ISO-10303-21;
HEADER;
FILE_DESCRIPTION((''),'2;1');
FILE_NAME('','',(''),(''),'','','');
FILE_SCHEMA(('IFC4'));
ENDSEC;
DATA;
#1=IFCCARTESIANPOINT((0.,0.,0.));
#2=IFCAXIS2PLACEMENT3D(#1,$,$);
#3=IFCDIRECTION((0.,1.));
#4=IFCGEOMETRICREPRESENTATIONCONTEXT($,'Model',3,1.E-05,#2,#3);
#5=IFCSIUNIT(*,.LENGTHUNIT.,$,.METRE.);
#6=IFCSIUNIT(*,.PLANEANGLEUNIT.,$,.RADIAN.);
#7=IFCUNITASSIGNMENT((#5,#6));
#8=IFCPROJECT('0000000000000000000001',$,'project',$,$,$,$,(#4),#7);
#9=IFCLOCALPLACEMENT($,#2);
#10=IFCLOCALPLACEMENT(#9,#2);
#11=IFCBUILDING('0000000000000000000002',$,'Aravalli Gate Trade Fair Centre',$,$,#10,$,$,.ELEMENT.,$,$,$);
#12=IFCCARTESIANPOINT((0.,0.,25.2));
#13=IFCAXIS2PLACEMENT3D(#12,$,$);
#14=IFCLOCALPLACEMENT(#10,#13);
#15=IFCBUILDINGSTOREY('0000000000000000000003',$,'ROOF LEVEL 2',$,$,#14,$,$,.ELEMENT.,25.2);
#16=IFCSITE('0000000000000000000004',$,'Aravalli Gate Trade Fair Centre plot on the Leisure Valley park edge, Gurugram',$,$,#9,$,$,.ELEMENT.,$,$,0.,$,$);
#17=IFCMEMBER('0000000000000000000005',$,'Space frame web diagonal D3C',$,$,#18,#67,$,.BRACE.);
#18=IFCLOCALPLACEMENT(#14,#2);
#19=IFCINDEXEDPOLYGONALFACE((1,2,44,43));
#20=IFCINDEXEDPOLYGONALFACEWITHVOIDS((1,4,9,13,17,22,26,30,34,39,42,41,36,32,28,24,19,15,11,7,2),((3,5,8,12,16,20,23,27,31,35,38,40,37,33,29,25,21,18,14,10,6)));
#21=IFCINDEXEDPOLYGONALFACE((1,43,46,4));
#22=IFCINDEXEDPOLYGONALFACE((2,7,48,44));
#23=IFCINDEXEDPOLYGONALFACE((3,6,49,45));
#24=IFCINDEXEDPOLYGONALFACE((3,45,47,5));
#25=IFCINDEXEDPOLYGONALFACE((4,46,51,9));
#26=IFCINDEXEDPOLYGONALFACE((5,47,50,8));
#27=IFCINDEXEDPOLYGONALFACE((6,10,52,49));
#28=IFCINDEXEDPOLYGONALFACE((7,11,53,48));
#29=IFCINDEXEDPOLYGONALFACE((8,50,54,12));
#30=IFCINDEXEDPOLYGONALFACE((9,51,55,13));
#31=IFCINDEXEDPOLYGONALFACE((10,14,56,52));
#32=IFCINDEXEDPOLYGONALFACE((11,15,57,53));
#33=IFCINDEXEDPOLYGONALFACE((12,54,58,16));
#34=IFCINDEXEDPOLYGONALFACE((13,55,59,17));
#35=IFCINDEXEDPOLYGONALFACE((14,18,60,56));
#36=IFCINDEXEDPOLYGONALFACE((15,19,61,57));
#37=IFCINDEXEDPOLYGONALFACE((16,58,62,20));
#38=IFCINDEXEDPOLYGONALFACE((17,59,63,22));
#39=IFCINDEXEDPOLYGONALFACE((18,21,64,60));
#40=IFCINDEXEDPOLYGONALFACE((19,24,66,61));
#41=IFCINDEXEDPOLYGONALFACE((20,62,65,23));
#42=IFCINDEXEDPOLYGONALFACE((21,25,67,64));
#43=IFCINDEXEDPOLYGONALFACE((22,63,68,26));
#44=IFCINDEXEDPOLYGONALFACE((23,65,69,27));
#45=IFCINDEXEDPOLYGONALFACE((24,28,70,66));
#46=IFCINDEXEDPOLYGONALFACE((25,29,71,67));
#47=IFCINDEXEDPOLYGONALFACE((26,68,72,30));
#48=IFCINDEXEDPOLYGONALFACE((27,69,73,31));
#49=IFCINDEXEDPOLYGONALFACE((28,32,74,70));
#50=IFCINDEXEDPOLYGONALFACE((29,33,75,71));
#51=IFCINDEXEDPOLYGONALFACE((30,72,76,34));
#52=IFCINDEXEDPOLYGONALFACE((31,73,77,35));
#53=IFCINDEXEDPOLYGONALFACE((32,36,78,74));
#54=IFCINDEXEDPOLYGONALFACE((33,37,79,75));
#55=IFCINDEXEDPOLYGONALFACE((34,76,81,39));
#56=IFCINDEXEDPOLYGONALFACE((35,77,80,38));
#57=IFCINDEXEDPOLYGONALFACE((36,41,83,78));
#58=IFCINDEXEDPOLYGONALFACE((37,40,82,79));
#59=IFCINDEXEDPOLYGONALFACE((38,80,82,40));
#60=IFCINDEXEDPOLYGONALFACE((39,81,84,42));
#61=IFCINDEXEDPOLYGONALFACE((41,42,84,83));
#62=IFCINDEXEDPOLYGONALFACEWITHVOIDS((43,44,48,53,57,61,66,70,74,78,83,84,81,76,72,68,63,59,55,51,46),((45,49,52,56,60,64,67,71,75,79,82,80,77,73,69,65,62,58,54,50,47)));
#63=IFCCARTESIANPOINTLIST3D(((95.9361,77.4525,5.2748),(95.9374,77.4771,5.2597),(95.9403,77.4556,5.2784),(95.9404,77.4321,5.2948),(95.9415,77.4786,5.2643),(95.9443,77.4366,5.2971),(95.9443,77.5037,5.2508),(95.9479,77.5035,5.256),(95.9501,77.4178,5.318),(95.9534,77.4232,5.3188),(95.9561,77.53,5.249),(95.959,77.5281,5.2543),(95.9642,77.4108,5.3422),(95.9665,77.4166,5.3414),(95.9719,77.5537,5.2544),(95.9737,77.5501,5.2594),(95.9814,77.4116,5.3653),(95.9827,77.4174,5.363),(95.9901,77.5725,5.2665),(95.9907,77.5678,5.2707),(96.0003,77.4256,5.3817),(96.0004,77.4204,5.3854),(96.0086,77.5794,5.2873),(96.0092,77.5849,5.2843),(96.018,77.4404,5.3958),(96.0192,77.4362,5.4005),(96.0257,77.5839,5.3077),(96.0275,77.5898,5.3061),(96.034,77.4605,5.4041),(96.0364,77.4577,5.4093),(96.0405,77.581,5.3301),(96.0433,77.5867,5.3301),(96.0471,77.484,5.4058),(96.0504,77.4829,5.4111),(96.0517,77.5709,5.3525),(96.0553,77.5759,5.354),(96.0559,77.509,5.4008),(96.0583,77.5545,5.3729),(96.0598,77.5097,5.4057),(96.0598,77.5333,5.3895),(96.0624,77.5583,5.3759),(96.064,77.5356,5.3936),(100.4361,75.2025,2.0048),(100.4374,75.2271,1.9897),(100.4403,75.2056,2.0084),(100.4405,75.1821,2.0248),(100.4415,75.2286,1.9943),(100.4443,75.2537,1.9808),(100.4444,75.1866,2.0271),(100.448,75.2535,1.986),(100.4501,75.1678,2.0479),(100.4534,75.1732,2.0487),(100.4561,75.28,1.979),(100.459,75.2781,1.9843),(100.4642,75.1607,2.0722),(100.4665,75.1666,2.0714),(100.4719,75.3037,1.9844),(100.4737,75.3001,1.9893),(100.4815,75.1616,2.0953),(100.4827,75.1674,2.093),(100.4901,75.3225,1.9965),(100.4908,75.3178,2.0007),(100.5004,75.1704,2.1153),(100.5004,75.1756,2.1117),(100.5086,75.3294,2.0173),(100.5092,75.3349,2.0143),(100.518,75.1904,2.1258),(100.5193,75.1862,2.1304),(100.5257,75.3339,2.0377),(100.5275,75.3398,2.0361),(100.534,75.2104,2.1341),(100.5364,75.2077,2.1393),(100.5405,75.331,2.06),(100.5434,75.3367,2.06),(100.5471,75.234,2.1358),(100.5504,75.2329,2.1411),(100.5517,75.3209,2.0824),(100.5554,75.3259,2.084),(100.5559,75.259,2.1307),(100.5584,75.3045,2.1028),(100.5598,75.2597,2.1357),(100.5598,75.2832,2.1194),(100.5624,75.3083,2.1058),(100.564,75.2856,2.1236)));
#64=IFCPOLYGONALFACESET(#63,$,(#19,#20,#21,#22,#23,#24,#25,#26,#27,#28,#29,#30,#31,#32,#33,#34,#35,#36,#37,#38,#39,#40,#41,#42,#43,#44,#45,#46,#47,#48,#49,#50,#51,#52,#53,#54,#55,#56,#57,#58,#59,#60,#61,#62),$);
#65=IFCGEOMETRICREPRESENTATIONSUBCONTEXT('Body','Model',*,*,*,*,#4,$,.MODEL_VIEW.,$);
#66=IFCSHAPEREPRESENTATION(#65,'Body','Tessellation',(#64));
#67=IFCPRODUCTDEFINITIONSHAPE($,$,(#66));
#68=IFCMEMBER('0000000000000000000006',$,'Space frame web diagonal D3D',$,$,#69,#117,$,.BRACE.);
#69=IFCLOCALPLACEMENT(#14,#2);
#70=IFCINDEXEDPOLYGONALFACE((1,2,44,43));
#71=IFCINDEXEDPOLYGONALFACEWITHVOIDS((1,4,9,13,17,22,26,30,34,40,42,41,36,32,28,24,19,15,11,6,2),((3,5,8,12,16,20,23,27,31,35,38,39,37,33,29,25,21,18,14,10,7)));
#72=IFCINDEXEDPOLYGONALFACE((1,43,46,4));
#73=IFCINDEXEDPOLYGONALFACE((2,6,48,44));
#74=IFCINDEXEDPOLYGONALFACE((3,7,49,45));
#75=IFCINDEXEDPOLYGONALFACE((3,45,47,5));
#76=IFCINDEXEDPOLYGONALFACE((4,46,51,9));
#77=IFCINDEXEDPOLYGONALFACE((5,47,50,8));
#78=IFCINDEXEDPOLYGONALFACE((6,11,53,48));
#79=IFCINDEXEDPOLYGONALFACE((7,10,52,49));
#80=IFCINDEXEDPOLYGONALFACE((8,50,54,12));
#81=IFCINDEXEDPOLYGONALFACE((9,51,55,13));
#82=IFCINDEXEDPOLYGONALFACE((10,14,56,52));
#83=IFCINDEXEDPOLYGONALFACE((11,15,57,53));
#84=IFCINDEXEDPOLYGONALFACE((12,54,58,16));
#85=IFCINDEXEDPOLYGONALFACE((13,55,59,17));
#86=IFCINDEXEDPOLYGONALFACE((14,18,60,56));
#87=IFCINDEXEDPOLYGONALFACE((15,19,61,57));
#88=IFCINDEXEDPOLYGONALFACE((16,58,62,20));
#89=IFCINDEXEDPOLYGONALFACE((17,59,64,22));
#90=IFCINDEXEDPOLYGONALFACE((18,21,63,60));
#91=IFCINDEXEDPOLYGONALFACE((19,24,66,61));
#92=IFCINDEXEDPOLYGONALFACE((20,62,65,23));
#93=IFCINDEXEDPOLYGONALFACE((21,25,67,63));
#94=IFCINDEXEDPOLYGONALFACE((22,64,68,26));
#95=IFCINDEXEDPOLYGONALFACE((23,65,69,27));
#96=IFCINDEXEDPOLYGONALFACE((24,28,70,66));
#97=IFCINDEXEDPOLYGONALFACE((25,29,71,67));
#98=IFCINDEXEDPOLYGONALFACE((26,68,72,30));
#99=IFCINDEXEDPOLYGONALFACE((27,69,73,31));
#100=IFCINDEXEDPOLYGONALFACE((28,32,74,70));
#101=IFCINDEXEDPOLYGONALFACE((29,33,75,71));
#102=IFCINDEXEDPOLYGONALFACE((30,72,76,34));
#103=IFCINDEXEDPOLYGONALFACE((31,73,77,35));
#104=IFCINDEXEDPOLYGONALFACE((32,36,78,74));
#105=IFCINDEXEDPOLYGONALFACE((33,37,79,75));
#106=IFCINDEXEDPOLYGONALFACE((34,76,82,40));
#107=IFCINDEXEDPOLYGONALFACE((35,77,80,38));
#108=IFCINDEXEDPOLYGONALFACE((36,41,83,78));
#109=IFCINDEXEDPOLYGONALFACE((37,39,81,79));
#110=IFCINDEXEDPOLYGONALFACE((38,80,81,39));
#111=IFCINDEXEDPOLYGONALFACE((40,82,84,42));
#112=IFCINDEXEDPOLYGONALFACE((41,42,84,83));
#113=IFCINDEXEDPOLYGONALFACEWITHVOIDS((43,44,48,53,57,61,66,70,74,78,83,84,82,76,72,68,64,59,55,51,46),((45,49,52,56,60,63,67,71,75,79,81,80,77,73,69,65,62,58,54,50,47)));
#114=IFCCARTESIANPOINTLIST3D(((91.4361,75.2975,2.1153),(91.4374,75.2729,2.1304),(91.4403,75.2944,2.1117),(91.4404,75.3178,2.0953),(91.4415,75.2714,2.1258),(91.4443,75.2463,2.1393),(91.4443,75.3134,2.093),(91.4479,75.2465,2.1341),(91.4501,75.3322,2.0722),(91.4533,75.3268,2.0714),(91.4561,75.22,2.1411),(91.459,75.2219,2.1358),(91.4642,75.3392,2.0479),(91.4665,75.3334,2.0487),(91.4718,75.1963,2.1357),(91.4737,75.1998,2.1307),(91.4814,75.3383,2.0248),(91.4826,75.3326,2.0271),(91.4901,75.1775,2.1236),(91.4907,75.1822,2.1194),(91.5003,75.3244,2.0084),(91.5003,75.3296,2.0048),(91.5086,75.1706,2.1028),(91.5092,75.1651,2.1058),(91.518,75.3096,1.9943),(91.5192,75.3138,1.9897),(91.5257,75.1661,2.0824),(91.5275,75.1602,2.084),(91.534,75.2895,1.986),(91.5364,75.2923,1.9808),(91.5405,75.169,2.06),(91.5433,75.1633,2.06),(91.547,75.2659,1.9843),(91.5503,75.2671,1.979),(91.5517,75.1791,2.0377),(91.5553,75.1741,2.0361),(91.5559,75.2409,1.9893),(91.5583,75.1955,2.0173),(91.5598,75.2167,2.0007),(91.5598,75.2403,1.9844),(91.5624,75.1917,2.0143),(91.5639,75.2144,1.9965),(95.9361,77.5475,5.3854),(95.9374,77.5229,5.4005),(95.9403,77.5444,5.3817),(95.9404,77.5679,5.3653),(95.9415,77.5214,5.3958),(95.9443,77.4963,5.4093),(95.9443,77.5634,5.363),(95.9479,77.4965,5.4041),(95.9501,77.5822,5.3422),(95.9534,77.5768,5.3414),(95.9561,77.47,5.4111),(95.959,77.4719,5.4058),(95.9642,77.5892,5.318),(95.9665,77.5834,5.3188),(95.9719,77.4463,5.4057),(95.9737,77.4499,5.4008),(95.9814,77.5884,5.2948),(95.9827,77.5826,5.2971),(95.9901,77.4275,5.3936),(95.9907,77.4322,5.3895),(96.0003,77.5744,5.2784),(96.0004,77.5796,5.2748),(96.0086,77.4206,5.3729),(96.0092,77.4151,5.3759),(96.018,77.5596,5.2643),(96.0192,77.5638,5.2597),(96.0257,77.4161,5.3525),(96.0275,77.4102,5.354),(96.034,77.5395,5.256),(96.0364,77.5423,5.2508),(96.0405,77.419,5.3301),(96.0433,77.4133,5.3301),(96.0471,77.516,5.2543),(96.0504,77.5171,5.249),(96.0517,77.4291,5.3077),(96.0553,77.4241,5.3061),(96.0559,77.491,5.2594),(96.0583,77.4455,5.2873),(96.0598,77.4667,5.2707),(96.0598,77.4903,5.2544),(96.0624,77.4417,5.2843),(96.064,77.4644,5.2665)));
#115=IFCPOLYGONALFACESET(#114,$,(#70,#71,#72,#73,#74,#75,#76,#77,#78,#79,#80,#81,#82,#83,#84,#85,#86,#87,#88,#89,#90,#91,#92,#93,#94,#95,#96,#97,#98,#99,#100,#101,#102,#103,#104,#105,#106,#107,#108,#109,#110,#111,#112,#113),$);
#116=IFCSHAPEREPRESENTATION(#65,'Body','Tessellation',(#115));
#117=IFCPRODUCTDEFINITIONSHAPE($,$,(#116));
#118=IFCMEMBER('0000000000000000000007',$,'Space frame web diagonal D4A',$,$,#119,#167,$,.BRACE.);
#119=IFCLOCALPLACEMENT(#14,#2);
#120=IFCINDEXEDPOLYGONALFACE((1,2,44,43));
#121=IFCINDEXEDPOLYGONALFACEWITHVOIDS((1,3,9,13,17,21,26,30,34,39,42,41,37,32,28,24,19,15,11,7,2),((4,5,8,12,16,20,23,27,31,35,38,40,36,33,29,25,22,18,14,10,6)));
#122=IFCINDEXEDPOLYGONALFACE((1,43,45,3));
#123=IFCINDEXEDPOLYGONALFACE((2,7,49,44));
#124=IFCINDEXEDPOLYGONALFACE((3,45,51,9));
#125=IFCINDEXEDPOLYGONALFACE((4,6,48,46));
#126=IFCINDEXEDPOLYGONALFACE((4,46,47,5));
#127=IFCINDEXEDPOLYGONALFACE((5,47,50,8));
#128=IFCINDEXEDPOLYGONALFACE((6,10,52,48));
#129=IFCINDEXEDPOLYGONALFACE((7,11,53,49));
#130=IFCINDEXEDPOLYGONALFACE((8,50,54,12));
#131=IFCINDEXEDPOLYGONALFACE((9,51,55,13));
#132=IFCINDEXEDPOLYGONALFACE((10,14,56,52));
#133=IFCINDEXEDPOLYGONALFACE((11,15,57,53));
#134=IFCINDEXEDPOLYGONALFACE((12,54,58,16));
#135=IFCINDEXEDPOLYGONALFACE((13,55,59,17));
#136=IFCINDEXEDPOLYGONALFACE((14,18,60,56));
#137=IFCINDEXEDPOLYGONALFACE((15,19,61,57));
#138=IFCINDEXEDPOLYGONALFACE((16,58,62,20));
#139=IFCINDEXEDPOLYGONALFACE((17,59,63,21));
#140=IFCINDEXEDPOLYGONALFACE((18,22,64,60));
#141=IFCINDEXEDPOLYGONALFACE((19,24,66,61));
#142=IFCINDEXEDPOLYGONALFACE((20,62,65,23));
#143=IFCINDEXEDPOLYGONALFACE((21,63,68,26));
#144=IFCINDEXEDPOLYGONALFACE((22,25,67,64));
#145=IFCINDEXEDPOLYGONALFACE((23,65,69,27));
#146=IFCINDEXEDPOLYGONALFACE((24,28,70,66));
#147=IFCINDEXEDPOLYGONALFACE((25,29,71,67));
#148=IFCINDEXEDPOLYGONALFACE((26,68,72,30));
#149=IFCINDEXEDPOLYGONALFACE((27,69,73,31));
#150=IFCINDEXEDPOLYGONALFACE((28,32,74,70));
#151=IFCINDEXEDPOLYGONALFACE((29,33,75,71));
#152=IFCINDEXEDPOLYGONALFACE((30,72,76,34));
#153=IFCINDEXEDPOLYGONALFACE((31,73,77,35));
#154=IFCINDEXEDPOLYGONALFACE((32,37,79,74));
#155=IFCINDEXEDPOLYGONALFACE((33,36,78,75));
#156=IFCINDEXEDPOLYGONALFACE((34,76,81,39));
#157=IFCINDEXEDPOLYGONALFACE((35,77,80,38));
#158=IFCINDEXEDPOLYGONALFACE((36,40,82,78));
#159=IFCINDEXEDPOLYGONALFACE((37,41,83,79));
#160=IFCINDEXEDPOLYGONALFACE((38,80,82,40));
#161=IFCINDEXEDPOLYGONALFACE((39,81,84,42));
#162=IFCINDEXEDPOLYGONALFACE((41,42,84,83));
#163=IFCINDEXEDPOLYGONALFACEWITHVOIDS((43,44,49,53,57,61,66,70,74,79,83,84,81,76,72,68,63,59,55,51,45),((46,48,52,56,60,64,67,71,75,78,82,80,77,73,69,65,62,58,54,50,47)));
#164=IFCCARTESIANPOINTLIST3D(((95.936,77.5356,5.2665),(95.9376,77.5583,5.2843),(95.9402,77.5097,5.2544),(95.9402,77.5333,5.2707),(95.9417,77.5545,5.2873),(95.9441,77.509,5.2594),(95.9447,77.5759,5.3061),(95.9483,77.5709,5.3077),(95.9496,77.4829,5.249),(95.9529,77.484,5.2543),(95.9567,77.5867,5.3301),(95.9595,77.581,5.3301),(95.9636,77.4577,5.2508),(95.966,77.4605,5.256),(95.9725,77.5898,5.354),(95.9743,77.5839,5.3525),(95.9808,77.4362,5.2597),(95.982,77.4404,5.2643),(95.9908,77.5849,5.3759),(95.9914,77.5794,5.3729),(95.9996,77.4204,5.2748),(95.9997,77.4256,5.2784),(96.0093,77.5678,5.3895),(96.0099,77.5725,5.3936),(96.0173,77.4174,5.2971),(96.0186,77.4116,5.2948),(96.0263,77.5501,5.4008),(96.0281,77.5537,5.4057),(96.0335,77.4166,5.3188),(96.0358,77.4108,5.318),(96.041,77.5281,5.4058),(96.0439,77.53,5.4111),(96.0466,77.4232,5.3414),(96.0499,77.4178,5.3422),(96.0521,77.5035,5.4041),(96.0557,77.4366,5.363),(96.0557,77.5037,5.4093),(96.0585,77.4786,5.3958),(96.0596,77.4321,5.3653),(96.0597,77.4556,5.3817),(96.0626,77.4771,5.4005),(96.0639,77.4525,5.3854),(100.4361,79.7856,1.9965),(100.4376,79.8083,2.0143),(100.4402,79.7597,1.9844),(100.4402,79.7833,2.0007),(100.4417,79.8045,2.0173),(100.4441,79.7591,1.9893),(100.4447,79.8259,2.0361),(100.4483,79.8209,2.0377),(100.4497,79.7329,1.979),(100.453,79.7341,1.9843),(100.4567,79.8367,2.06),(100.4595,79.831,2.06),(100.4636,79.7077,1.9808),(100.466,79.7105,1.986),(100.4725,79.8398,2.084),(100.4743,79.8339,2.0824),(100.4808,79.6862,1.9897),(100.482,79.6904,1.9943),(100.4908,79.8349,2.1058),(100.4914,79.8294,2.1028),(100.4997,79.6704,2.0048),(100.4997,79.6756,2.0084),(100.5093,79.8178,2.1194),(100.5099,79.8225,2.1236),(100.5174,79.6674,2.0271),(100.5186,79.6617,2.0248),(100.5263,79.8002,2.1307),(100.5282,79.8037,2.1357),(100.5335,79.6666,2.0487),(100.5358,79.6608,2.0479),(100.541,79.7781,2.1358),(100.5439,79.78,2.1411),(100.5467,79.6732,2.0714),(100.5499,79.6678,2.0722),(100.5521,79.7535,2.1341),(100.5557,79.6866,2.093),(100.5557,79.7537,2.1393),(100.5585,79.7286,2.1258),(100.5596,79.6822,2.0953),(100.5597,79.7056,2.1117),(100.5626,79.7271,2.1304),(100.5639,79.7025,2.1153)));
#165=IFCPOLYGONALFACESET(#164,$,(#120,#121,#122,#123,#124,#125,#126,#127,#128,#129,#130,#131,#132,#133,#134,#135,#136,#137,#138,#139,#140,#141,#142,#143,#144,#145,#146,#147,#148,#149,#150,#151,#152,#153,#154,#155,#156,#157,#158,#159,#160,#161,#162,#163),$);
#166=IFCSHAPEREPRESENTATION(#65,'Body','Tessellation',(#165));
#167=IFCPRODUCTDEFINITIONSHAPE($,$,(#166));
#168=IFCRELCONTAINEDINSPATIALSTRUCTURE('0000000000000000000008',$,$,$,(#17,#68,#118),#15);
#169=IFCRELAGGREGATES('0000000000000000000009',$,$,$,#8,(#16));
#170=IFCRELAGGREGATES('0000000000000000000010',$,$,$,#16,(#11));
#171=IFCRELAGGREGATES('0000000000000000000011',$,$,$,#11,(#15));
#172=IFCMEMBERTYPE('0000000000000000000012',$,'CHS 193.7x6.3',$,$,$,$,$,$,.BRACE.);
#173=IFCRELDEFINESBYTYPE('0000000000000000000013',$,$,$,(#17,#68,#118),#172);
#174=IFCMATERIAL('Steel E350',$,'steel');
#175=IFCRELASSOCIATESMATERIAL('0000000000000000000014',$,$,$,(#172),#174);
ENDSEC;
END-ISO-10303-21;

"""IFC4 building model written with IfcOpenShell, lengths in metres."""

from ifc_helpers import new_model, si_unit, direction, frame, origin, origin_2d, place, context, subcontext, project, spatial, hollow_circle, extrude, material, material_profile, profile_set, type_object, element, save


model = new_model("IFC4")

# Units and contexts
model_context = context("Model", 3, precision=1e-05, world=origin(), true_north=direction((0.0, 1.0)))
body_context = subcontext(model_context, "Body", "Model", "MODEL_VIEW")
ifc_project = project(units=[si_unit("LENGTHUNIT", "METRE"), si_unit("PLANEANGLEUNIT", "RADIAN")], contexts=[model_context])

# Site, building, storey
site_placement = place(None, origin())
site = spatial("IfcSite", under=ifc_project, at=site_placement, Name="Aravalli Gate Trade Fair Centre plot on the Leisure Valley park edge, Gurugram", CompositionType="ELEMENT", RefElevation=0.0)
building_placement = place(site_placement, origin())
building = spatial("IfcBuilding", under=site, at=building_placement, Name="Aravalli Gate Trade Fair Centre", CompositionType="ELEMENT")
storey_placement = place(building_placement, frame((0.0, 0.0, 25.2)))
storey = spatial("IfcBuildingStorey", under=building, at=storey_placement, Name="ROOF LEVEL 2", CompositionType="ELEMENT", Elevation=25.2)

# Members
ifc_material = material(Name="Steel E350", Category="steel")
ifc_material_profile_1 = material_profile(ifc_material, hollow_circle(Radius=0.0969, WallThickness=0.0063, at=origin_2d()), Name="CHS 193.7x6.3")
ifc_profile_set_1 = profile_set([ifc_material_profile_1], Name="Steel E350")
member_type_1 = type_object("IfcMemberType", Name="CHS 193.7x6.3", PredefinedType="BRACE", material=ifc_profile_set_1)
for number, where, z_axis, x_axis, name in (
    (1, (96.0, 77.5, 5.3301), (0.749942, -0.374971, -0.544961), (0.447214, 0.894427, 0.0), "Space frame web diagonal D3C"),
    (2, (96.0, 77.5, 5.3301), (-0.749942, -0.374971, -0.544961), (0.447214, -0.894427, 0.0), "Space frame web diagonal D3D"),
    (3, (96.0, 77.5, 5.3301), (0.749942, 0.374971, -0.544961), (-0.447214, 0.894427, 0.0), "Space frame web diagonal D4A"),
):
    element("IfcMember", number, at=place(storey_placement, frame(where, z_axis=z_axis, x_axis=x_axis)), inside=storey, type_object=member_type_1, Name=name, PredefinedType="BRACE", context=body_context, shape_type="SweptSolid", body=[
        extrude(hollow_circle(Radius=0.0969, WallThickness=0.0063, at=origin_2d()), origin(), (0.0, 0.0, 1.0), 6.0005),
    ])

save(model, "model.ifc")
